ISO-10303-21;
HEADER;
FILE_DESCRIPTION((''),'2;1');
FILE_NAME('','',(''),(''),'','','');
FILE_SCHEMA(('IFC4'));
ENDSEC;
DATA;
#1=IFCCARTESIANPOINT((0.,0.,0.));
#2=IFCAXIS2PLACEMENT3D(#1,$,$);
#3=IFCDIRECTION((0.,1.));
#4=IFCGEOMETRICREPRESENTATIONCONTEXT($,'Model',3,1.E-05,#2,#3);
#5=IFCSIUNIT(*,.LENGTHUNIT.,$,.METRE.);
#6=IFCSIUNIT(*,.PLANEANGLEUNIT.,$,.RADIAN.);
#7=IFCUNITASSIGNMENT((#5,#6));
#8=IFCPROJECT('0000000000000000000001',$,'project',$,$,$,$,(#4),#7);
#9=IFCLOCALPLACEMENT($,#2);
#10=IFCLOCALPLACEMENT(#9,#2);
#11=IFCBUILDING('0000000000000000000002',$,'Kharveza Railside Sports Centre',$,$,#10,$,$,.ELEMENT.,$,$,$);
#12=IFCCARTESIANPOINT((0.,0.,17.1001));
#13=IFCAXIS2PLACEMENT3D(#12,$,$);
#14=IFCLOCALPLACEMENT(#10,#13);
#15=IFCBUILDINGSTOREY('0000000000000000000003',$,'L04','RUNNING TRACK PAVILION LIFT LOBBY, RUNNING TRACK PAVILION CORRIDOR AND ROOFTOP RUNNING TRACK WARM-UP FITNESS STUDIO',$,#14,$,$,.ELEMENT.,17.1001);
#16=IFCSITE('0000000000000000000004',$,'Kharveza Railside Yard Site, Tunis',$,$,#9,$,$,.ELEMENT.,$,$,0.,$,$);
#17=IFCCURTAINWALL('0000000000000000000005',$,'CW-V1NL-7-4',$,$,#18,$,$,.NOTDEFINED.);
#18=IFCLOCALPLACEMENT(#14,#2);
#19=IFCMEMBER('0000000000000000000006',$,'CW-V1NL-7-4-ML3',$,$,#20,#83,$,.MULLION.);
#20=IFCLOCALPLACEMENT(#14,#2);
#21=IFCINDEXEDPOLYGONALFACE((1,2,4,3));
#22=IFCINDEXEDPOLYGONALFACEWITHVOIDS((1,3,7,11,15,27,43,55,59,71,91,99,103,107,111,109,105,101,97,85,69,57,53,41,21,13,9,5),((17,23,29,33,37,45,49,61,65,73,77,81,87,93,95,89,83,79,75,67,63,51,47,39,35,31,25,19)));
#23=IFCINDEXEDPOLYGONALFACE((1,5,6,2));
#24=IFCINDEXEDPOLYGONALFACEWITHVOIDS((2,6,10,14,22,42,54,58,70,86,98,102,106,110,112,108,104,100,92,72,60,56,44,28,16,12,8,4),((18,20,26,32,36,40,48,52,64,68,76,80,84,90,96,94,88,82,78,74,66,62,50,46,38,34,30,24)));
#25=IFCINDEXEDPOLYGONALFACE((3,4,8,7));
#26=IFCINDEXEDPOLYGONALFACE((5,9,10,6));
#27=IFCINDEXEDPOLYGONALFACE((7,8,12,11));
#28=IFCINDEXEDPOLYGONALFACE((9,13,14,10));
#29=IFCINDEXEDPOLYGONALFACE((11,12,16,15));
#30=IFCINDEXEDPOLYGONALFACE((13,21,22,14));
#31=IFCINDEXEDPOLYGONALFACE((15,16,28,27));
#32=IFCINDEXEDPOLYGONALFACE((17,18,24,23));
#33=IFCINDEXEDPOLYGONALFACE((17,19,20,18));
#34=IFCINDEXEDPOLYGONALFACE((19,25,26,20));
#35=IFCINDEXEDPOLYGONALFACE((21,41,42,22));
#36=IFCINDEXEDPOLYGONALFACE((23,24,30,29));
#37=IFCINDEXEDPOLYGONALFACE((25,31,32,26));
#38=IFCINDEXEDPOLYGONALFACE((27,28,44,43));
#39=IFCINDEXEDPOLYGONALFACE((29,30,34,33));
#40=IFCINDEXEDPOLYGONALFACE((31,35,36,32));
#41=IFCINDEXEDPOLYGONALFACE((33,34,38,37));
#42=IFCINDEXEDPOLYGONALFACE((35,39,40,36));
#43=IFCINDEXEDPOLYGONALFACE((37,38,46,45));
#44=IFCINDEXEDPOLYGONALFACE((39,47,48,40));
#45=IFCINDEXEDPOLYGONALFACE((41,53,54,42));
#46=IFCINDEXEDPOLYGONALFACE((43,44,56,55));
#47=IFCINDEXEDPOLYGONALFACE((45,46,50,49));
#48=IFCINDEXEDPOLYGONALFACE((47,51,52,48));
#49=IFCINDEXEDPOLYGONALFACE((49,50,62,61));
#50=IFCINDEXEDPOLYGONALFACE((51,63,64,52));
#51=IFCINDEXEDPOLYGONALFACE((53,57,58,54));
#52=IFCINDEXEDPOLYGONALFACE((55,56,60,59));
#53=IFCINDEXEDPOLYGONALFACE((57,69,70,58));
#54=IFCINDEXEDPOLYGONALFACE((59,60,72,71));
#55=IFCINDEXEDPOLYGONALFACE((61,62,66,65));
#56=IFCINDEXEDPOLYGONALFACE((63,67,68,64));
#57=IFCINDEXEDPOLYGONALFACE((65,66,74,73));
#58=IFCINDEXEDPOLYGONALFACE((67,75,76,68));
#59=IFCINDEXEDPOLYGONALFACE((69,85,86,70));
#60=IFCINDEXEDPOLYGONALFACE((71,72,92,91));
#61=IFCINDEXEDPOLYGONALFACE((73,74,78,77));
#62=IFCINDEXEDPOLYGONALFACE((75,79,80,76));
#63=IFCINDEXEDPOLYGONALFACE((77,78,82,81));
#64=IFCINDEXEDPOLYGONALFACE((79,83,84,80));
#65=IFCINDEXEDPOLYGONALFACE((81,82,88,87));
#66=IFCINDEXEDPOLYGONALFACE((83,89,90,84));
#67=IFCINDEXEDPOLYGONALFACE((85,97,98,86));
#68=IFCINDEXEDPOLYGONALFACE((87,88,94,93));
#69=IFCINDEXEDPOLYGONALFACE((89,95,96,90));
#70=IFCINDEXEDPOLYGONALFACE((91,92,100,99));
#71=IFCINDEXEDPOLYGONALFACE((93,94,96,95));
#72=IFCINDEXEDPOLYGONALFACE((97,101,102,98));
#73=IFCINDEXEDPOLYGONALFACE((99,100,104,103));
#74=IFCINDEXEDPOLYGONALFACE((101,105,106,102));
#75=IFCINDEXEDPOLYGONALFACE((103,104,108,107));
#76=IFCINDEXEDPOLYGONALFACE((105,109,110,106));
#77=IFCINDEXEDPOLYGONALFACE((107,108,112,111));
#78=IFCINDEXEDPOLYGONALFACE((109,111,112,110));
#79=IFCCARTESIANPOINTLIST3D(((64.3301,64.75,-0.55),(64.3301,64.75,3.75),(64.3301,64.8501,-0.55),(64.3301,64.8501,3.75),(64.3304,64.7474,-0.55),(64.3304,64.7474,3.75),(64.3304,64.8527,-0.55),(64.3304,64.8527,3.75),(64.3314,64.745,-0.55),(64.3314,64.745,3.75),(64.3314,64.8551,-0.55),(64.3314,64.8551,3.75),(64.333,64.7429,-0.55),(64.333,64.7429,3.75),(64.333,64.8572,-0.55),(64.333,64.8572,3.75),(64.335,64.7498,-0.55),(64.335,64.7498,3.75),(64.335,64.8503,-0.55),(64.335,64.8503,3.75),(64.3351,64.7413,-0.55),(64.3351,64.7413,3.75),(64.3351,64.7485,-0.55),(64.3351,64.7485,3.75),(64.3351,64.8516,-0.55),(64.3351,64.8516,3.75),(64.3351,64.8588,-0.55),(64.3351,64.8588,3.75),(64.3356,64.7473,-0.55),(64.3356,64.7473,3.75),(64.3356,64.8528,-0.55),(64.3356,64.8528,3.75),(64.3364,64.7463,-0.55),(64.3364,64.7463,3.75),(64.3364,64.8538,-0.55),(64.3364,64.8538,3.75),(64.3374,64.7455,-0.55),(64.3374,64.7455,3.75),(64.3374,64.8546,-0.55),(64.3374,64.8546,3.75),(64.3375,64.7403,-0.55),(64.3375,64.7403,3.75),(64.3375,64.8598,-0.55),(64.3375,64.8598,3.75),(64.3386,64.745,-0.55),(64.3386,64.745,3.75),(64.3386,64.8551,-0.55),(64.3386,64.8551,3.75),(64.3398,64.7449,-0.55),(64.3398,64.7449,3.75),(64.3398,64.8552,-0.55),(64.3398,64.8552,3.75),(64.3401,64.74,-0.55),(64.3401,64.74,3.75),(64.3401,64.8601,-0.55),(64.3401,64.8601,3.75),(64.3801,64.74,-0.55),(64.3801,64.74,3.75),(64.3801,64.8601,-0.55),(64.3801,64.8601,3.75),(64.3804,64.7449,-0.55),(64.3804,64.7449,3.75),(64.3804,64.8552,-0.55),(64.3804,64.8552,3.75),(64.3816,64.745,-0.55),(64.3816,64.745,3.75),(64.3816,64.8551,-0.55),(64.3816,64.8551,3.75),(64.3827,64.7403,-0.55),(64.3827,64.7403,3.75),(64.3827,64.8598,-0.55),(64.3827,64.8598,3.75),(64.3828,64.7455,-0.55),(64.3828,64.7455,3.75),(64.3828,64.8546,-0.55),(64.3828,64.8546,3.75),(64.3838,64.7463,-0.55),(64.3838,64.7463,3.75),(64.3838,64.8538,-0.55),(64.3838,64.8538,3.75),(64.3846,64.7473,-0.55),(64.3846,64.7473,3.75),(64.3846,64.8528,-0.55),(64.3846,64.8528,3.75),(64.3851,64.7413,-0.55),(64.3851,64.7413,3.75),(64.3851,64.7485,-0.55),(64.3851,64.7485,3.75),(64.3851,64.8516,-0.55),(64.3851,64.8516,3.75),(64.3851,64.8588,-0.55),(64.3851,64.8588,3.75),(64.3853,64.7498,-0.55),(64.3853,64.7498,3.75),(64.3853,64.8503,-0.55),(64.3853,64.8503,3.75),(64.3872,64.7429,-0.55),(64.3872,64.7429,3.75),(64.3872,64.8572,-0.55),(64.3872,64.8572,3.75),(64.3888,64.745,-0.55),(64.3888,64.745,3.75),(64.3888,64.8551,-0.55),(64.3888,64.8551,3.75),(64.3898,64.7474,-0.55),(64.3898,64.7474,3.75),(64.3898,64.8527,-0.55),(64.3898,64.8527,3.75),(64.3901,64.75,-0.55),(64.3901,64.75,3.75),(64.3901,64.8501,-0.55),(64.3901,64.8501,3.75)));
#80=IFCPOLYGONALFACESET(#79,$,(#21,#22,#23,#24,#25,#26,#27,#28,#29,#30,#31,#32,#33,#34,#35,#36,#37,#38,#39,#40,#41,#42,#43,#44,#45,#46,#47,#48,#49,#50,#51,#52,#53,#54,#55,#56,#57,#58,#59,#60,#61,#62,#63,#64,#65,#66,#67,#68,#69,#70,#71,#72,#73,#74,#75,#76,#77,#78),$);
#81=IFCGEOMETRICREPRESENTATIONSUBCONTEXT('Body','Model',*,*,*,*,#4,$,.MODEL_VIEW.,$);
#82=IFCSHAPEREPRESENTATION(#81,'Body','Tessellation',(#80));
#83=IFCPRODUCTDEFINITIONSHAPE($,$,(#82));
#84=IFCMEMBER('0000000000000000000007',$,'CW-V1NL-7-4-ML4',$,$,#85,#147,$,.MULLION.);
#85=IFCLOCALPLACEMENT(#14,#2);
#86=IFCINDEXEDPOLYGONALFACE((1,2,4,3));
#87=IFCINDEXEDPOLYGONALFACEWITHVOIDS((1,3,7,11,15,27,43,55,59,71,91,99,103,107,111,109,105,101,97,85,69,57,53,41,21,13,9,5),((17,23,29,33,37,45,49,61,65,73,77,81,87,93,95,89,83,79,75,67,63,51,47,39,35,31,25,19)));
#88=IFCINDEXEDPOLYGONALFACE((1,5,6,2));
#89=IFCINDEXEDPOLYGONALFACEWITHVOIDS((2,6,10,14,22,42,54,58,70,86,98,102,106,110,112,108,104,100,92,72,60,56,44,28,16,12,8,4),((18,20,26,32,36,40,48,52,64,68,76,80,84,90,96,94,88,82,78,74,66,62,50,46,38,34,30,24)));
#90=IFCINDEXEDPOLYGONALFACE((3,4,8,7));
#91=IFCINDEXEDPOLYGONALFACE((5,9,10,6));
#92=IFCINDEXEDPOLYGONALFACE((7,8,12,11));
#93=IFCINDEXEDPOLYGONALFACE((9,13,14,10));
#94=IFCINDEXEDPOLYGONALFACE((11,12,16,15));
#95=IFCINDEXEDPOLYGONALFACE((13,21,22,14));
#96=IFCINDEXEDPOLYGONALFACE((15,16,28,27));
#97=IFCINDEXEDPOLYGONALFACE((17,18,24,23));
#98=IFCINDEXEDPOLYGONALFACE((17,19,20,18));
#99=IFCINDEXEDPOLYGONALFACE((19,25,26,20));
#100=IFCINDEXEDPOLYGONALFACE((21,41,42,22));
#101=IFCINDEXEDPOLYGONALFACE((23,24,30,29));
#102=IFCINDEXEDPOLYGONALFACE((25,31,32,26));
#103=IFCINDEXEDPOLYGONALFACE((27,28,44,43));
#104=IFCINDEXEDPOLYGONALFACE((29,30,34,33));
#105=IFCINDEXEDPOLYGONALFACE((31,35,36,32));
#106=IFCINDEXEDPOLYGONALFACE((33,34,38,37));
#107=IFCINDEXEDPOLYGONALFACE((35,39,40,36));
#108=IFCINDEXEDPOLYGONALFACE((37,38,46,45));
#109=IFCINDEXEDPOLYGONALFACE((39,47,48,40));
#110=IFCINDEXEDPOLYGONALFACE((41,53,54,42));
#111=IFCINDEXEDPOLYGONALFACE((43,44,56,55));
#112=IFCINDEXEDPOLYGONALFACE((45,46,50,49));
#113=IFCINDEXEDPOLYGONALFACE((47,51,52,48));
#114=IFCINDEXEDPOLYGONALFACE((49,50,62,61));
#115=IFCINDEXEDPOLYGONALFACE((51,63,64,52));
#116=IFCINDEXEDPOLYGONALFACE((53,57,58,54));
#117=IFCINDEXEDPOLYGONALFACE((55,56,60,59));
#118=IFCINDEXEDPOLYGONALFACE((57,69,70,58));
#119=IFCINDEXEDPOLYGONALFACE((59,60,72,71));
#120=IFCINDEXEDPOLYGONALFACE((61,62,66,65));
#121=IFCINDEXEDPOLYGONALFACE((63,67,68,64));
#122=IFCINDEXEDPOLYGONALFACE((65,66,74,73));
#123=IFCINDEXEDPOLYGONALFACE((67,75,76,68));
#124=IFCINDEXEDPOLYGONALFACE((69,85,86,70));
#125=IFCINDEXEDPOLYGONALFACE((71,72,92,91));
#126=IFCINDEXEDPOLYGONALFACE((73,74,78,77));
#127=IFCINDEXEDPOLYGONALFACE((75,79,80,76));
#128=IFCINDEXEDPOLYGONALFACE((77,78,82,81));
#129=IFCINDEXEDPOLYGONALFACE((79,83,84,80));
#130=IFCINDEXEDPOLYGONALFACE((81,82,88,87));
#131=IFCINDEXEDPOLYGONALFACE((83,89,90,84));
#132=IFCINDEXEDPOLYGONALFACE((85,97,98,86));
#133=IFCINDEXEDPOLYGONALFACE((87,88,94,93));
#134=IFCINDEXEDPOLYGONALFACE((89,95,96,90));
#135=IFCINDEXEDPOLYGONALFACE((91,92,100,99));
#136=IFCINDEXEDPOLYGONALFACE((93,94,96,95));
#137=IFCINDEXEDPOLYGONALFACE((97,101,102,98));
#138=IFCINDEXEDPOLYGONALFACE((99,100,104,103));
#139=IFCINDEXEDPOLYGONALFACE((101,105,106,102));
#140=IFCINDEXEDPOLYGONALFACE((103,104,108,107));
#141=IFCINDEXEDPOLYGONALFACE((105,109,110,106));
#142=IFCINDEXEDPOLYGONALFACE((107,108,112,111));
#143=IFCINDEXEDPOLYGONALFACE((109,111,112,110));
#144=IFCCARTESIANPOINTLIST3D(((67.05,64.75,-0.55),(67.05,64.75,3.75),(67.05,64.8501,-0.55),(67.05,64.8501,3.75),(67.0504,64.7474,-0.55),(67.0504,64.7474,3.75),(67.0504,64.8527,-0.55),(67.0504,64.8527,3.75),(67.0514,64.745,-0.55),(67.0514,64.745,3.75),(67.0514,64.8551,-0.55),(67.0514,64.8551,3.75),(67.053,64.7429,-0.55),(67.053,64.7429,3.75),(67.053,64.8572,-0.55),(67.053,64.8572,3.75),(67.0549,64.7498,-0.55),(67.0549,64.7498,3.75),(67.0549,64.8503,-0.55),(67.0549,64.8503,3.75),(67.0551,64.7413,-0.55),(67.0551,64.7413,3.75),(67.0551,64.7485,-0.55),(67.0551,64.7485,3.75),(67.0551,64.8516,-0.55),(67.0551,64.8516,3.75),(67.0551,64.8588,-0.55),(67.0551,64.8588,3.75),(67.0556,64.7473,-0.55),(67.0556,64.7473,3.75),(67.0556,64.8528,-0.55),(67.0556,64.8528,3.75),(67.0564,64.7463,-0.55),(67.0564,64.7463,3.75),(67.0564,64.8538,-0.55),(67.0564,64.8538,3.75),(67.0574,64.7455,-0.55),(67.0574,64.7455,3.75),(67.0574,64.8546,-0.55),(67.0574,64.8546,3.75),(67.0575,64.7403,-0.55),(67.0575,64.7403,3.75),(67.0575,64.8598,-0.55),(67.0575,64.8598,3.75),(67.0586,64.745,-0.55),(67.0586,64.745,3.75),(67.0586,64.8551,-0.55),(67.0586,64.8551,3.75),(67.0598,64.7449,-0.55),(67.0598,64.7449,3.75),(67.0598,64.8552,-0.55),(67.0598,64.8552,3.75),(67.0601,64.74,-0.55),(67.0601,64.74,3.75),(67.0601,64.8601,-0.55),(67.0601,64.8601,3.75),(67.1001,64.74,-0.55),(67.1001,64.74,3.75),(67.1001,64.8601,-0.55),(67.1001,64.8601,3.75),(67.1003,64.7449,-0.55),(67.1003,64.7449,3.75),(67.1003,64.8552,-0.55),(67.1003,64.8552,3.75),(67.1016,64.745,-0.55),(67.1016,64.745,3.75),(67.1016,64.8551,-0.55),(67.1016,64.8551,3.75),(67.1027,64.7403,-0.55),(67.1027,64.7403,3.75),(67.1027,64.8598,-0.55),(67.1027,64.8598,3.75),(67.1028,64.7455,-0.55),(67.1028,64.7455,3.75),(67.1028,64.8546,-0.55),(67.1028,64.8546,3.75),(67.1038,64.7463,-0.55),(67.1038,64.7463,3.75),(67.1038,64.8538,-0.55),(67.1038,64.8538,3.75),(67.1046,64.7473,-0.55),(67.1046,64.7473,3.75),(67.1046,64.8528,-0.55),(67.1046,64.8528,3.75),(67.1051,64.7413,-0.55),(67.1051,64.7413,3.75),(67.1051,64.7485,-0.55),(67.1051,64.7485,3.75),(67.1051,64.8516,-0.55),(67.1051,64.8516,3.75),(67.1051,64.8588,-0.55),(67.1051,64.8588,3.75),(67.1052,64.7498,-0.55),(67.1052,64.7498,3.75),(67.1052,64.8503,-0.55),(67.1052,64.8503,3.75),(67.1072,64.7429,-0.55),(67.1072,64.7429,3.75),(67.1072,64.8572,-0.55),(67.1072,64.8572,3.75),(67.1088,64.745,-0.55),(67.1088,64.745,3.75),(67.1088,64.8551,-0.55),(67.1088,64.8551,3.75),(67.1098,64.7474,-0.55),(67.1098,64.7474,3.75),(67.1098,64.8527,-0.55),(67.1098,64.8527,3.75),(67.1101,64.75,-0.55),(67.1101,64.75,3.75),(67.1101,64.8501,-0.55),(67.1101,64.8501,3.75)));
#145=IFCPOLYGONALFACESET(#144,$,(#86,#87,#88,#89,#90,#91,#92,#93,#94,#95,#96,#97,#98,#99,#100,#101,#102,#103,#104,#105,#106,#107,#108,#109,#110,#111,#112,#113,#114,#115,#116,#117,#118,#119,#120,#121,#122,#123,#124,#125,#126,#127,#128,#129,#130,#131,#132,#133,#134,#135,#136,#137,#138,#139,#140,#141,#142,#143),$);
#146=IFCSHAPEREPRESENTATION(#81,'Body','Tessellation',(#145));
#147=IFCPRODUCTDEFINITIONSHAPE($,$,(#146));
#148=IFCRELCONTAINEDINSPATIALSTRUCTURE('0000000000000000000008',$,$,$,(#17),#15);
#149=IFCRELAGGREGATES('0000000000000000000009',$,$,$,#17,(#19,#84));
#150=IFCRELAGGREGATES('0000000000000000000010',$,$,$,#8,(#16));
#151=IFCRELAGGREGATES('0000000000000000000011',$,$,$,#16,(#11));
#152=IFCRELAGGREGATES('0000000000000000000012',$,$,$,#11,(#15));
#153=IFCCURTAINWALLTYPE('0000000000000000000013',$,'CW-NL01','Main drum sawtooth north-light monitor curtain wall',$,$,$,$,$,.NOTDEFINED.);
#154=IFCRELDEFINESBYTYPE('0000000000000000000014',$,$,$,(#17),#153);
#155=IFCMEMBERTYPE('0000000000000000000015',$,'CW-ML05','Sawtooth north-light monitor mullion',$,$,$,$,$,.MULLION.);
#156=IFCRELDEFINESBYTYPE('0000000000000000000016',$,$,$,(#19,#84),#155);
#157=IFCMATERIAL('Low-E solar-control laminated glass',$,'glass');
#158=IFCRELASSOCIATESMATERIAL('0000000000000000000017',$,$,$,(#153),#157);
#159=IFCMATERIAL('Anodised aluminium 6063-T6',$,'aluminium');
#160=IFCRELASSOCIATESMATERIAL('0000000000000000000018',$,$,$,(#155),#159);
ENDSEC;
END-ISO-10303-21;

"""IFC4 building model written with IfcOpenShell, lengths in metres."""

from ifc_helpers import new_model, si_unit, direction, frame, origin, origin_2d, place, context, subcontext, project, spatial, hollow_rectangle, extrude, material, material_profile, profile_set, type_object, element, aggregate, save


model = new_model("IFC4")

# Units and contexts
model_context = context("Model", 3, precision=1e-05, world=origin(), true_north=direction((0.0, 1.0)))
body_context = subcontext(model_context, "Body", "Model", "MODEL_VIEW")
ifc_project = project(units=[si_unit("LENGTHUNIT", "METRE"), si_unit("PLANEANGLEUNIT", "RADIAN")], contexts=[model_context])

# Site, building, storey
site_placement = place(None, origin())
site = spatial("IfcSite", under=ifc_project, at=site_placement, Name="Kharveza Railside Yard Site, Tunis", CompositionType="ELEMENT", RefElevation=0.0)
building_placement = place(site_placement, origin())
building = spatial("IfcBuilding", under=site, at=building_placement, Name="Kharveza Railside Sports Centre", CompositionType="ELEMENT")
storey_placement = place(building_placement, frame((0.0, 0.0, 17.1001)))
storey = spatial("IfcBuildingStorey", under=building, at=storey_placement, Name="L04", Description="RUNNING TRACK PAVILION LIFT LOBBY, RUNNING TRACK PAVILION CORRIDOR AND ROOFTOP RUNNING TRACK WARM-UP FITNESS STUDIO", CompositionType="ELEMENT", Elevation=17.1001)

# Shared definitions
ifc_material_1 = material(Name="Low-E solar-control laminated glass", Category="glass")
curtain_wall_type = type_object("IfcCurtainWallType", Name="CW-NL01", Description="Main drum sawtooth north-light monitor curtain wall", PredefinedType="NOTDEFINED", material=ifc_material_1)
ifc_material_2 = material(Name="Anodised aluminium 6063-T6", Category="aluminium")
ifc_material_profile_1 = material_profile(ifc_material_2, hollow_rectangle(XDim=0.0601, YDim=0.1201, WallThickness=0.0049, InnerFilletRadius=0.0049, OuterFilletRadius=0.01, at=origin_2d()), Name="RHS 60x120x5.0")
ifc_profile_set_1 = profile_set([ifc_material_profile_1], Name="Anodised aluminium 6063-T6")
member_type_1 = type_object("IfcMemberType", Name="CW-ML05", Description="Sawtooth north-light monitor mullion", PredefinedType="MULLION", material=ifc_profile_set_1)

# Curtain wall, members
curtain_wall_1_placement = place(storey_placement, origin())
curtain_wall_1 = element("IfcCurtainWall", 1, at=curtain_wall_1_placement, inside=storey, type_object=curtain_wall_type, Name="CW-V1NL-7-4", PredefinedType="NOTDEFINED")
member_1_placement = place(storey_placement, frame((64.3601, 64.8, -0.55), z_axis=(0.0, 0.0, 1.0), x_axis=(1.0, 0.0, 0.0)))
member_1 = element("IfcMember", 2, at=member_1_placement, type_object=member_type_1, Name="CW-V1NL-7-4-ML3", PredefinedType="MULLION", context=body_context, shape_type="SweptSolid", body=[
    extrude(hollow_rectangle(XDim=0.0601, YDim=0.1201, WallThickness=0.0049, InnerFilletRadius=0.0049, OuterFilletRadius=0.01, at=origin_2d()), origin(), (0.0, 0.0, 1.0), 4.3),
])
member_2_placement = place(storey_placement, frame((67.0801, 64.8, -0.55), z_axis=(0.0, 0.0, 1.0), x_axis=(1.0, 0.0, 0.0)))
member_2 = element("IfcMember", 3, at=member_2_placement, type_object=member_type_1, Name="CW-V1NL-7-4-ML4", PredefinedType="MULLION", context=body_context, shape_type="SweptSolid", body=[
    extrude(hollow_rectangle(XDim=0.0601, YDim=0.1201, WallThickness=0.0049, InnerFilletRadius=0.0049, OuterFilletRadius=0.01, at=origin_2d()), origin(), (0.0, 0.0, 1.0), 4.3),
])

aggregate(curtain_wall_1, [member_1, member_2])

save(model, "model.ifc")
